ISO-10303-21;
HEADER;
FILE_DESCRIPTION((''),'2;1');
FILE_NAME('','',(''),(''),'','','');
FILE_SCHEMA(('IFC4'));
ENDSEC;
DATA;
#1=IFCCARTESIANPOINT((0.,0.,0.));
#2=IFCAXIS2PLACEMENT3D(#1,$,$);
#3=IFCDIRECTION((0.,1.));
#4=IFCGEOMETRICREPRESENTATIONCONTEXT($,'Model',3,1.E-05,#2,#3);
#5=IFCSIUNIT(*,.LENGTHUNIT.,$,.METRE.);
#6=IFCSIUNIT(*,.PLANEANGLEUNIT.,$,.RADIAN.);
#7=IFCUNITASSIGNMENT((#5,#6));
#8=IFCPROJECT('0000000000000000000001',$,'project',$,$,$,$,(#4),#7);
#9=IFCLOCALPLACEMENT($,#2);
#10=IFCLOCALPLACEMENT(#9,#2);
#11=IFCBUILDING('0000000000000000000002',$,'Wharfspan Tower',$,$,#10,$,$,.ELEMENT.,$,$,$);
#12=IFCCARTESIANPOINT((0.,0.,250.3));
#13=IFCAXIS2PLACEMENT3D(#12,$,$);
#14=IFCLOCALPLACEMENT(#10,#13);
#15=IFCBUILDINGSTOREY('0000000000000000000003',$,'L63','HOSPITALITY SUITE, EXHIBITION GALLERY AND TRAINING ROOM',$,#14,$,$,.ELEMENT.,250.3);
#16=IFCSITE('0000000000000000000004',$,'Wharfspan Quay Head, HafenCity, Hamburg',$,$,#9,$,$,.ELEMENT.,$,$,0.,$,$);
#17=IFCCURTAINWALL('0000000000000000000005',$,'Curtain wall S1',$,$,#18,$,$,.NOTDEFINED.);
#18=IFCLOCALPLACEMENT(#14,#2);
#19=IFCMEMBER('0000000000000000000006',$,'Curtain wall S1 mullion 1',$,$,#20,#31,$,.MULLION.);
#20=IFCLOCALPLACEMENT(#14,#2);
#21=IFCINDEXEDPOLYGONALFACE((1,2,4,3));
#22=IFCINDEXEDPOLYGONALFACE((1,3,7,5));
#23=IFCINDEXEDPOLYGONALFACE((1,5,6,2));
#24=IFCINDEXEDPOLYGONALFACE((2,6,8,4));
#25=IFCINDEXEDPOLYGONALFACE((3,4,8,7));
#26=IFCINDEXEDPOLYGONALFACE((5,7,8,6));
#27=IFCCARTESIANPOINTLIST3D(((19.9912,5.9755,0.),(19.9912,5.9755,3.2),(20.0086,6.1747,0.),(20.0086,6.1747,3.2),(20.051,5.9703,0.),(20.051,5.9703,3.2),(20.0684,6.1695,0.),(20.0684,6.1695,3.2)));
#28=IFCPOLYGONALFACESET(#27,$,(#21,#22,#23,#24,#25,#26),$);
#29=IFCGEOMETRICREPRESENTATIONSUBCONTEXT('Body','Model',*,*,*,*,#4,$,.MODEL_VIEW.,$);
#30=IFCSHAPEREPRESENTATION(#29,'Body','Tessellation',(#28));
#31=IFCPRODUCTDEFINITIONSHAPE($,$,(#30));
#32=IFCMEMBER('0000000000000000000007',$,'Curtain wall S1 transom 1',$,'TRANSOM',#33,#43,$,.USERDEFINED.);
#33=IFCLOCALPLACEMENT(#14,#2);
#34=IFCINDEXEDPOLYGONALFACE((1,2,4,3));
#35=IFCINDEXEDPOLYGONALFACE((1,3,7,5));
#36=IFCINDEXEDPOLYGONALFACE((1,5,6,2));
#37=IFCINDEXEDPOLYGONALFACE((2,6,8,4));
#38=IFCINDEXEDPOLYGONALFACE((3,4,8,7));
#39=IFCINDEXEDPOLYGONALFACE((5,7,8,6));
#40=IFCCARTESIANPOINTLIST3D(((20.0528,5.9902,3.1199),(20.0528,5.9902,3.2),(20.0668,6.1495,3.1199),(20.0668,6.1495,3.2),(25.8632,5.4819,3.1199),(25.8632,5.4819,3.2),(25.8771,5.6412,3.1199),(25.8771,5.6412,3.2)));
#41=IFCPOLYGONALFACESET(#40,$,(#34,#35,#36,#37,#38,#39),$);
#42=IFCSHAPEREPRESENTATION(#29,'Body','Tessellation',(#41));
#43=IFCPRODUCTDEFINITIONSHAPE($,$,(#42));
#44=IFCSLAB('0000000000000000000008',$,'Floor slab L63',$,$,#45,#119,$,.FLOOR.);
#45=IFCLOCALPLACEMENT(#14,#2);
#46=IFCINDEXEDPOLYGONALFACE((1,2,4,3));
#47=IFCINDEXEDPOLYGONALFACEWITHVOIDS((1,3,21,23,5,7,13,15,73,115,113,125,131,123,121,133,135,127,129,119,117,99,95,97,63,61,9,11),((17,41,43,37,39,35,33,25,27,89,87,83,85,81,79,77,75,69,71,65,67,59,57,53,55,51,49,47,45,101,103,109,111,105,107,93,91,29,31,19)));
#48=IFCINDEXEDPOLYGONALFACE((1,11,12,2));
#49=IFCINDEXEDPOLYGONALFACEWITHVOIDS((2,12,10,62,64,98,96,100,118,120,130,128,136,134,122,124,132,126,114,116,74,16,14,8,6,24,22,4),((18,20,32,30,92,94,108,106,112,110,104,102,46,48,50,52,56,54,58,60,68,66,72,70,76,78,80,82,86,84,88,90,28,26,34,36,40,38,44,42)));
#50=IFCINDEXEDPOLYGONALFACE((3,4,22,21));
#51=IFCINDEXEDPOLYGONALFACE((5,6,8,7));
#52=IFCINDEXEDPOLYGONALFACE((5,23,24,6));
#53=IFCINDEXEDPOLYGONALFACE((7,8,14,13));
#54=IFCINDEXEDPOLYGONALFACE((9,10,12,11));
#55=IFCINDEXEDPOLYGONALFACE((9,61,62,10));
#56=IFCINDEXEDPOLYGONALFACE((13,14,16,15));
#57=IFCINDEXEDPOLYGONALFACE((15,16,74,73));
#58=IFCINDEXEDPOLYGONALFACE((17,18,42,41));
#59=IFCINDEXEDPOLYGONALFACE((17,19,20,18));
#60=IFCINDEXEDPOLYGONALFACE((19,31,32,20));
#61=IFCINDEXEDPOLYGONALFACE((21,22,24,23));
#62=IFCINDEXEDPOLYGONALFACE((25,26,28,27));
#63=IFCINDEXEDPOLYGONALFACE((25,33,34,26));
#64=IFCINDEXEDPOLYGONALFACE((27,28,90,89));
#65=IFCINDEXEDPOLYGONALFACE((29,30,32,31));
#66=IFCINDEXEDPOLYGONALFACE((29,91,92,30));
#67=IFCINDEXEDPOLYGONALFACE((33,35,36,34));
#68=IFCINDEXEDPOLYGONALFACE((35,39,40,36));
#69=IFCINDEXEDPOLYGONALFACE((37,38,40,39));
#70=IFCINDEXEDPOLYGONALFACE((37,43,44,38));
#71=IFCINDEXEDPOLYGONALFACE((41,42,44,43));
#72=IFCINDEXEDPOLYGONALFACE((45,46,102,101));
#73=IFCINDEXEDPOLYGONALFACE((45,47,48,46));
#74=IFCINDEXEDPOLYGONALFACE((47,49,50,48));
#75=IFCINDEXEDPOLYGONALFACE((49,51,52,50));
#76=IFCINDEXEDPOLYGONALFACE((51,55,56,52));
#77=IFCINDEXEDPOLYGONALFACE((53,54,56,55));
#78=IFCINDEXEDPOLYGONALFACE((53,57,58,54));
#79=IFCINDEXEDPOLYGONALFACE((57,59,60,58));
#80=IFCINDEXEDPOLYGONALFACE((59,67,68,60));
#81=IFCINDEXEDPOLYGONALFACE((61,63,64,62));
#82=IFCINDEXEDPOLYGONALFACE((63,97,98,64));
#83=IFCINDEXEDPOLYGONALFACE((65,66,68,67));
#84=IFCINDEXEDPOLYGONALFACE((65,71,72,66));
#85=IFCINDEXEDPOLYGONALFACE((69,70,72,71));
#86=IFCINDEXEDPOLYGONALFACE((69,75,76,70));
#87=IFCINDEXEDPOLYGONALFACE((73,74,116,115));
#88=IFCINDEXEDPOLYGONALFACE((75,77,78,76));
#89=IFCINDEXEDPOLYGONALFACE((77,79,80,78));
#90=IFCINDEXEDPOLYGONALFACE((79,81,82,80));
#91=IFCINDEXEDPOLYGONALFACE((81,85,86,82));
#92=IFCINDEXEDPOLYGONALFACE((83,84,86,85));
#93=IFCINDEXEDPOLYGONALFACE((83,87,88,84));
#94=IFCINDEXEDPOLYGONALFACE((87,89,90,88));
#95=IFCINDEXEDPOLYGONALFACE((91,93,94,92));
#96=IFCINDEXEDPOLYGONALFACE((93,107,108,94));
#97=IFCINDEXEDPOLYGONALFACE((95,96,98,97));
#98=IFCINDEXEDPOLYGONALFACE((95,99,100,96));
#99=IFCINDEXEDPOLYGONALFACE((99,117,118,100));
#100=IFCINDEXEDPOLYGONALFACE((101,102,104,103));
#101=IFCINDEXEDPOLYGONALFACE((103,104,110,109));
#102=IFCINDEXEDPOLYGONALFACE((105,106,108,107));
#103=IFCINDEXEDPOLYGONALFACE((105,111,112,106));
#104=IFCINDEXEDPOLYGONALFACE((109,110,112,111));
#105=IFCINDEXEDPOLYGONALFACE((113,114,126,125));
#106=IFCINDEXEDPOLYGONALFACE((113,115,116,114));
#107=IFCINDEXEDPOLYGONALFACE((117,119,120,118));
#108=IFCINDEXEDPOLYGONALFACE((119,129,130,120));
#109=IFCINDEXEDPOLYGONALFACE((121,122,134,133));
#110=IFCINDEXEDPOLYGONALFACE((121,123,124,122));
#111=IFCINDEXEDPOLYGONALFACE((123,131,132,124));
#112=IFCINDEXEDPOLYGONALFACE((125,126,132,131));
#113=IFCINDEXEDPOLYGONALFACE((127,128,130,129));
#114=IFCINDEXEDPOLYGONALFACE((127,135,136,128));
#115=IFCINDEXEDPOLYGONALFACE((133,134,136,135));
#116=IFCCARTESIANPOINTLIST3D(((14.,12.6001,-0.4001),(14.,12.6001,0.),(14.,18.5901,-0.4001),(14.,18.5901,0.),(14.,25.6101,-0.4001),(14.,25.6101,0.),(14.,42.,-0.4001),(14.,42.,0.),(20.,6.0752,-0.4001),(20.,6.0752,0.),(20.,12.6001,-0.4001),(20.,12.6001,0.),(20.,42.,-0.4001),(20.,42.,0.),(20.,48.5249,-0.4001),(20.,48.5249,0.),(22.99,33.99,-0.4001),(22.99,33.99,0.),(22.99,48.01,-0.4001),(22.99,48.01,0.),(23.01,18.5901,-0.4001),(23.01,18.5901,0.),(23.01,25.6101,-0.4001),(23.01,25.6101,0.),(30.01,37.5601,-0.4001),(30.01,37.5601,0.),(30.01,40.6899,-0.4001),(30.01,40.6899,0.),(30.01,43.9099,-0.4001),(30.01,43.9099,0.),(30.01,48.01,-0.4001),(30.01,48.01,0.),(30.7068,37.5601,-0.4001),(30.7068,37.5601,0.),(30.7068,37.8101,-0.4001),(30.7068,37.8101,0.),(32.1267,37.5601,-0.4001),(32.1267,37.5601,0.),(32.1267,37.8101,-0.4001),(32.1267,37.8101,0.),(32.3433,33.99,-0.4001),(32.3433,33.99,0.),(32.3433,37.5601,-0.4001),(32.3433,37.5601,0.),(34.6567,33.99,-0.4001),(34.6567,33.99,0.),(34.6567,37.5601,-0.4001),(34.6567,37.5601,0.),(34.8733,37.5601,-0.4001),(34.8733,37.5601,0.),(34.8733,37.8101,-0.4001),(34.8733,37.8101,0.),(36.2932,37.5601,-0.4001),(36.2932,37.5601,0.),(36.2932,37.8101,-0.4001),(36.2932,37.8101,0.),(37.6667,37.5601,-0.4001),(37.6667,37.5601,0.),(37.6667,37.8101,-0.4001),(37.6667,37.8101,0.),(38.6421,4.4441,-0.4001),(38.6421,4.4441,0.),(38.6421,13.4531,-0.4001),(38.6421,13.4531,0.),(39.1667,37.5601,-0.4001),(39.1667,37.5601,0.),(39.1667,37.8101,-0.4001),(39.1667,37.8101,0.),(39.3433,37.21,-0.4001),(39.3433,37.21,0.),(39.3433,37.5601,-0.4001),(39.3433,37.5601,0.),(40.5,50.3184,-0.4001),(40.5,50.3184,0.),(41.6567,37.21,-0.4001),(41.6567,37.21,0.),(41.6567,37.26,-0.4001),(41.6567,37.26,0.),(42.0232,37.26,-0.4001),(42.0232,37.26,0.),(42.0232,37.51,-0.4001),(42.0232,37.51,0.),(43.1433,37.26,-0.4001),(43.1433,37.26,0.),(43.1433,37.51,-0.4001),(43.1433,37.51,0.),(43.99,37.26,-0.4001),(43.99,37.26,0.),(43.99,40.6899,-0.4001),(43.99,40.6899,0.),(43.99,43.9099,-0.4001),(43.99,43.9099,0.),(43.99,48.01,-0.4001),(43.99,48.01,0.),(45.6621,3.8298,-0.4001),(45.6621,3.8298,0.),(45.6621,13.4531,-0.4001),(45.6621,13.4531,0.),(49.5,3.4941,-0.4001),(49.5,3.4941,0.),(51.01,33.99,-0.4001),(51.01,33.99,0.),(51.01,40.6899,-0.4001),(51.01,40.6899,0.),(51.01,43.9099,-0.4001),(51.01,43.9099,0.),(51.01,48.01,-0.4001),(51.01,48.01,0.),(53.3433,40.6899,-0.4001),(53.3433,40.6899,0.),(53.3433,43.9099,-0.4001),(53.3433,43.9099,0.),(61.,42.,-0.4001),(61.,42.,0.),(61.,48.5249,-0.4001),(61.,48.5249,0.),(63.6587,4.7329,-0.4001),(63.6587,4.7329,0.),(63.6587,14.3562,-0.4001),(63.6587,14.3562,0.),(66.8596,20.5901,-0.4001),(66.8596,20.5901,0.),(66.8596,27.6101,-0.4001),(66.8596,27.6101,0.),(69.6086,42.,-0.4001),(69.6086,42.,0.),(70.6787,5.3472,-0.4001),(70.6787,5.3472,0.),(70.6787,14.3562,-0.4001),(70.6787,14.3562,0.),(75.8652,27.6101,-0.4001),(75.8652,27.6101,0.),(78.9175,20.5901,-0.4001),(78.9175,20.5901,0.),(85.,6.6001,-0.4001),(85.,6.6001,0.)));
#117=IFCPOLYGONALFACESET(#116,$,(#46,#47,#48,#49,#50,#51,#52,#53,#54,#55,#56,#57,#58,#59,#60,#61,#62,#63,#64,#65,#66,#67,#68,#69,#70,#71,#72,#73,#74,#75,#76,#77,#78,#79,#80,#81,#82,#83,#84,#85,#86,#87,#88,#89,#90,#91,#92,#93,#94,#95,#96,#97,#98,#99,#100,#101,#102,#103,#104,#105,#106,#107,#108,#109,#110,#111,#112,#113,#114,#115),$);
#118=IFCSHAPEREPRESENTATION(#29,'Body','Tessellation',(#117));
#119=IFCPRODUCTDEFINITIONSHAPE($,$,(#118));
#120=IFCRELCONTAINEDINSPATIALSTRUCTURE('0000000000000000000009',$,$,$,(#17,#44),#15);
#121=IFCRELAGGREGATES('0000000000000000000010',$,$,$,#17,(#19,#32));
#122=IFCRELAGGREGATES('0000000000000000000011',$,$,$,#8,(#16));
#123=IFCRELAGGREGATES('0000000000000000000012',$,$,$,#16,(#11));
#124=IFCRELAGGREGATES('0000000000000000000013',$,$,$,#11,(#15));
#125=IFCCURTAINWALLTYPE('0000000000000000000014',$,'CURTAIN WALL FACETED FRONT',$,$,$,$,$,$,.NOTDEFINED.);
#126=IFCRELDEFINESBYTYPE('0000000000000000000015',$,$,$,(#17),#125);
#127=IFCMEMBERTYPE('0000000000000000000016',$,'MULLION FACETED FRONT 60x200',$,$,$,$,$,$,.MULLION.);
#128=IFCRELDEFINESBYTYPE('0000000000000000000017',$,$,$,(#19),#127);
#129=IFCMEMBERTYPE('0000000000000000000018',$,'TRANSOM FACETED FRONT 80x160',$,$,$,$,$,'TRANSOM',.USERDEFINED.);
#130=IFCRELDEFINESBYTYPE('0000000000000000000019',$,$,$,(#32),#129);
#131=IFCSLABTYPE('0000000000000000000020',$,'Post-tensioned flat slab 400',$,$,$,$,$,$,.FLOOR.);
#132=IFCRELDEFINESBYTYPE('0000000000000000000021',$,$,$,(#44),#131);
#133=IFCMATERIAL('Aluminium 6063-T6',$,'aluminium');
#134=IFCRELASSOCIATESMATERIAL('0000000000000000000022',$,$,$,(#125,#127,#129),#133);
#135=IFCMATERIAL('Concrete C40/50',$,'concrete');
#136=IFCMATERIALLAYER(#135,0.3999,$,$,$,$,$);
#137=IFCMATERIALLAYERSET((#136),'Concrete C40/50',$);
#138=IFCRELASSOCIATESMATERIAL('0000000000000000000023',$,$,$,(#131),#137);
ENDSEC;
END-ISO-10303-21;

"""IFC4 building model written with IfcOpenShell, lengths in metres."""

from ifc_helpers import new_model, si_unit, direction, frame, origin, origin_2d, place, context, subcontext, project, spatial, polyline, rectangle, outline, extrude, material, layer, layer_set, material_profile, profile_set, type_object, element, aggregate, save


model = new_model("IFC4")

# Units and contexts
model_context = context("Model", 3, precision=1e-05, world=origin(), true_north=direction((0.0, 1.0)))
body_context = subcontext(model_context, "Body", "Model", "MODEL_VIEW")
ifc_project = project(units=[si_unit("LENGTHUNIT", "METRE"), si_unit("PLANEANGLEUNIT", "RADIAN")], contexts=[model_context])

# Site, building, storey
site_placement = place(None, origin())
site = spatial("IfcSite", under=ifc_project, at=site_placement, Name="Wharfspan Quay Head, HafenCity, Hamburg", CompositionType="ELEMENT", RefElevation=0.0)
building_placement = place(site_placement, origin())
building = spatial("IfcBuilding", under=site, at=building_placement, Name="Wharfspan Tower", CompositionType="ELEMENT")
storey_placement = place(building_placement, frame((0.0, 0.0, 250.3)))
storey = spatial("IfcBuildingStorey", under=building, at=storey_placement, Name="L63", Description="HOSPITALITY SUITE, EXHIBITION GALLERY AND TRAINING ROOM", CompositionType="ELEMENT", Elevation=250.3)

# Curtain wall, members
ifc_material_1 = material(Name="Aluminium 6063-T6", Category="aluminium")
curtain_wall_type = type_object("IfcCurtainWallType", Name="CURTAIN WALL FACETED FRONT", PredefinedType="NOTDEFINED", material=ifc_material_1)
curtain_wall_placement = place(storey_placement, origin())
curtain_wall = element("IfcCurtainWall", 1, at=curtain_wall_placement, inside=storey, type_object=curtain_wall_type, Name="Curtain wall S1", PredefinedType="NOTDEFINED")
ifc_material_profile_1 = material_profile(ifc_material_1, rectangle(XDim=0.2, YDim=0.0601, at=origin_2d()))
ifc_profile_set_1 = profile_set([ifc_material_profile_1], Name="Aluminium 6063-T6")
member_type_1 = type_object("IfcMemberType", Name="MULLION FACETED FRONT 60x200", PredefinedType="MULLION", material=ifc_profile_set_1)
member_1_placement = place(storey_placement, frame((20.0298, 6.0725, 0.0), z_axis=(0.0, 0.0, 1.0), x_axis=(0.087156, 0.996197, 0.0)))
member_1 = element("IfcMember", 2, at=member_1_placement, type_object=member_type_1, Name="Curtain wall S1 mullion 1", PredefinedType="MULLION", context=body_context, shape_type="SweptSolid", body=[
    extrude(rectangle(XDim=0.2, YDim=0.0601, at=origin_2d()), origin(), (0.0, 0.0, 1.0), 3.2),
])
ifc_material_profile_2 = material_profile(ifc_material_1, rectangle(XDim=0.1599, YDim=0.0801, at=origin_2d()))
ifc_profile_set_2 = profile_set([ifc_material_profile_2], Name="Aluminium 6063-T6")
member_type_2 = type_object("IfcMemberType", Name="TRANSOM FACETED FRONT 80x160", ElementType="TRANSOM", PredefinedType="USERDEFINED", material=ifc_profile_set_2)
member_2_placement = place(storey_placement, frame((20.0598, 6.0698, 3.1599), z_axis=(0.996195, -0.08715, 0.0), x_axis=(0.08715, 0.996195, 0.0)))
member_2 = element("IfcMember", 3, at=member_2_placement, type_object=member_type_2, Name="Curtain wall S1 transom 1", ObjectType="TRANSOM", PredefinedType="USERDEFINED", context=body_context, shape_type="SweptSolid", body=[
    extrude(rectangle(XDim=0.1599, YDim=0.0801, at=origin_2d()), origin(), (0.0, 0.0, 1.0), 5.8325),
])
aggregate(curtain_wall, [member_1, member_2])

# Slab
ifc_material_2 = material(Name="Concrete C40/50", Category="concrete")
ifc_layer_1 = layer(ifc_material_2, 0.3999)
ifc_layer_set_1 = layer_set([ifc_layer_1], Name="Concrete C40/50")
slab_type_1 = type_object("IfcSlabType", Name="Post-tensioned flat slab 400", PredefinedType="FLOOR", material=ifc_layer_set_1)
slab_1_placement = place(storey_placement, frame((0.0, 0.0, -0.4001)))
element("IfcSlab", 4, at=slab_1_placement, inside=storey, type_object=slab_type_1, Name="Floor slab L63", PredefinedType="FLOOR", context=body_context, shape_type="SweptSolid", body=[
    extrude(outline(polyline([(38.6421, 4.4441), (38.6421, 13.4531), (45.6621, 13.4531), (45.6621, 3.8298), (49.5, 3.4941), (63.6587, 4.7329), (63.6587, 14.3562), (70.6787, 14.3562), (70.6787, 5.3472), (85.0, 6.6001), (78.9175, 20.5901), (66.8596, 20.5901), (66.8596, 27.6101), (75.8652, 27.6101), (69.6086, 42.0), (61.0, 42.0), (61.0, 48.5249), (40.5, 50.3184), (20.0, 48.5249), (20.0, 42.0), (14.0, 42.0), (14.0, 25.6101), (23.01, 25.6101), (23.01, 18.5901), (14.0, 18.5901), (14.0, 12.6001), (20.0, 12.6001), (20.0, 6.0752), (38.6421, 4.4441)]), holes=[polyline([(32.1267, 37.5601), (32.3433, 37.5601), (32.3433, 33.99), (22.99, 33.99), (22.99, 48.01), (30.01, 48.01), (30.01, 43.9099), (43.99, 43.9099), (43.99, 48.01), (51.01, 48.01), (51.01, 43.9099), (53.3433, 43.9099), (53.3433, 40.6899), (51.01, 40.6899), (51.01, 33.99), (34.6567, 33.99), (34.6567, 37.5601), (34.8733, 37.5601), (34.8733, 37.8101), (36.2932, 37.8101), (36.2932, 37.5601), (37.6667, 37.5601), (37.6667, 37.8101), (39.1667, 37.8101), (39.1667, 37.5601), (39.3433, 37.5601), (39.3433, 37.21), (41.6567, 37.21), (41.6567, 37.26), (42.0232, 37.26), (42.0232, 37.51), (43.1433, 37.51), (43.1433, 37.26), (43.99, 37.26), (43.99, 40.6899), (30.01, 40.6899), (30.01, 37.5601), (30.7068, 37.5601), (30.7068, 37.8101), (32.1267, 37.8101), (32.1267, 37.5601)])]), origin(), (0.0, 0.0, 1.0), 0.4001),
])

save(model, "model.ifc")
